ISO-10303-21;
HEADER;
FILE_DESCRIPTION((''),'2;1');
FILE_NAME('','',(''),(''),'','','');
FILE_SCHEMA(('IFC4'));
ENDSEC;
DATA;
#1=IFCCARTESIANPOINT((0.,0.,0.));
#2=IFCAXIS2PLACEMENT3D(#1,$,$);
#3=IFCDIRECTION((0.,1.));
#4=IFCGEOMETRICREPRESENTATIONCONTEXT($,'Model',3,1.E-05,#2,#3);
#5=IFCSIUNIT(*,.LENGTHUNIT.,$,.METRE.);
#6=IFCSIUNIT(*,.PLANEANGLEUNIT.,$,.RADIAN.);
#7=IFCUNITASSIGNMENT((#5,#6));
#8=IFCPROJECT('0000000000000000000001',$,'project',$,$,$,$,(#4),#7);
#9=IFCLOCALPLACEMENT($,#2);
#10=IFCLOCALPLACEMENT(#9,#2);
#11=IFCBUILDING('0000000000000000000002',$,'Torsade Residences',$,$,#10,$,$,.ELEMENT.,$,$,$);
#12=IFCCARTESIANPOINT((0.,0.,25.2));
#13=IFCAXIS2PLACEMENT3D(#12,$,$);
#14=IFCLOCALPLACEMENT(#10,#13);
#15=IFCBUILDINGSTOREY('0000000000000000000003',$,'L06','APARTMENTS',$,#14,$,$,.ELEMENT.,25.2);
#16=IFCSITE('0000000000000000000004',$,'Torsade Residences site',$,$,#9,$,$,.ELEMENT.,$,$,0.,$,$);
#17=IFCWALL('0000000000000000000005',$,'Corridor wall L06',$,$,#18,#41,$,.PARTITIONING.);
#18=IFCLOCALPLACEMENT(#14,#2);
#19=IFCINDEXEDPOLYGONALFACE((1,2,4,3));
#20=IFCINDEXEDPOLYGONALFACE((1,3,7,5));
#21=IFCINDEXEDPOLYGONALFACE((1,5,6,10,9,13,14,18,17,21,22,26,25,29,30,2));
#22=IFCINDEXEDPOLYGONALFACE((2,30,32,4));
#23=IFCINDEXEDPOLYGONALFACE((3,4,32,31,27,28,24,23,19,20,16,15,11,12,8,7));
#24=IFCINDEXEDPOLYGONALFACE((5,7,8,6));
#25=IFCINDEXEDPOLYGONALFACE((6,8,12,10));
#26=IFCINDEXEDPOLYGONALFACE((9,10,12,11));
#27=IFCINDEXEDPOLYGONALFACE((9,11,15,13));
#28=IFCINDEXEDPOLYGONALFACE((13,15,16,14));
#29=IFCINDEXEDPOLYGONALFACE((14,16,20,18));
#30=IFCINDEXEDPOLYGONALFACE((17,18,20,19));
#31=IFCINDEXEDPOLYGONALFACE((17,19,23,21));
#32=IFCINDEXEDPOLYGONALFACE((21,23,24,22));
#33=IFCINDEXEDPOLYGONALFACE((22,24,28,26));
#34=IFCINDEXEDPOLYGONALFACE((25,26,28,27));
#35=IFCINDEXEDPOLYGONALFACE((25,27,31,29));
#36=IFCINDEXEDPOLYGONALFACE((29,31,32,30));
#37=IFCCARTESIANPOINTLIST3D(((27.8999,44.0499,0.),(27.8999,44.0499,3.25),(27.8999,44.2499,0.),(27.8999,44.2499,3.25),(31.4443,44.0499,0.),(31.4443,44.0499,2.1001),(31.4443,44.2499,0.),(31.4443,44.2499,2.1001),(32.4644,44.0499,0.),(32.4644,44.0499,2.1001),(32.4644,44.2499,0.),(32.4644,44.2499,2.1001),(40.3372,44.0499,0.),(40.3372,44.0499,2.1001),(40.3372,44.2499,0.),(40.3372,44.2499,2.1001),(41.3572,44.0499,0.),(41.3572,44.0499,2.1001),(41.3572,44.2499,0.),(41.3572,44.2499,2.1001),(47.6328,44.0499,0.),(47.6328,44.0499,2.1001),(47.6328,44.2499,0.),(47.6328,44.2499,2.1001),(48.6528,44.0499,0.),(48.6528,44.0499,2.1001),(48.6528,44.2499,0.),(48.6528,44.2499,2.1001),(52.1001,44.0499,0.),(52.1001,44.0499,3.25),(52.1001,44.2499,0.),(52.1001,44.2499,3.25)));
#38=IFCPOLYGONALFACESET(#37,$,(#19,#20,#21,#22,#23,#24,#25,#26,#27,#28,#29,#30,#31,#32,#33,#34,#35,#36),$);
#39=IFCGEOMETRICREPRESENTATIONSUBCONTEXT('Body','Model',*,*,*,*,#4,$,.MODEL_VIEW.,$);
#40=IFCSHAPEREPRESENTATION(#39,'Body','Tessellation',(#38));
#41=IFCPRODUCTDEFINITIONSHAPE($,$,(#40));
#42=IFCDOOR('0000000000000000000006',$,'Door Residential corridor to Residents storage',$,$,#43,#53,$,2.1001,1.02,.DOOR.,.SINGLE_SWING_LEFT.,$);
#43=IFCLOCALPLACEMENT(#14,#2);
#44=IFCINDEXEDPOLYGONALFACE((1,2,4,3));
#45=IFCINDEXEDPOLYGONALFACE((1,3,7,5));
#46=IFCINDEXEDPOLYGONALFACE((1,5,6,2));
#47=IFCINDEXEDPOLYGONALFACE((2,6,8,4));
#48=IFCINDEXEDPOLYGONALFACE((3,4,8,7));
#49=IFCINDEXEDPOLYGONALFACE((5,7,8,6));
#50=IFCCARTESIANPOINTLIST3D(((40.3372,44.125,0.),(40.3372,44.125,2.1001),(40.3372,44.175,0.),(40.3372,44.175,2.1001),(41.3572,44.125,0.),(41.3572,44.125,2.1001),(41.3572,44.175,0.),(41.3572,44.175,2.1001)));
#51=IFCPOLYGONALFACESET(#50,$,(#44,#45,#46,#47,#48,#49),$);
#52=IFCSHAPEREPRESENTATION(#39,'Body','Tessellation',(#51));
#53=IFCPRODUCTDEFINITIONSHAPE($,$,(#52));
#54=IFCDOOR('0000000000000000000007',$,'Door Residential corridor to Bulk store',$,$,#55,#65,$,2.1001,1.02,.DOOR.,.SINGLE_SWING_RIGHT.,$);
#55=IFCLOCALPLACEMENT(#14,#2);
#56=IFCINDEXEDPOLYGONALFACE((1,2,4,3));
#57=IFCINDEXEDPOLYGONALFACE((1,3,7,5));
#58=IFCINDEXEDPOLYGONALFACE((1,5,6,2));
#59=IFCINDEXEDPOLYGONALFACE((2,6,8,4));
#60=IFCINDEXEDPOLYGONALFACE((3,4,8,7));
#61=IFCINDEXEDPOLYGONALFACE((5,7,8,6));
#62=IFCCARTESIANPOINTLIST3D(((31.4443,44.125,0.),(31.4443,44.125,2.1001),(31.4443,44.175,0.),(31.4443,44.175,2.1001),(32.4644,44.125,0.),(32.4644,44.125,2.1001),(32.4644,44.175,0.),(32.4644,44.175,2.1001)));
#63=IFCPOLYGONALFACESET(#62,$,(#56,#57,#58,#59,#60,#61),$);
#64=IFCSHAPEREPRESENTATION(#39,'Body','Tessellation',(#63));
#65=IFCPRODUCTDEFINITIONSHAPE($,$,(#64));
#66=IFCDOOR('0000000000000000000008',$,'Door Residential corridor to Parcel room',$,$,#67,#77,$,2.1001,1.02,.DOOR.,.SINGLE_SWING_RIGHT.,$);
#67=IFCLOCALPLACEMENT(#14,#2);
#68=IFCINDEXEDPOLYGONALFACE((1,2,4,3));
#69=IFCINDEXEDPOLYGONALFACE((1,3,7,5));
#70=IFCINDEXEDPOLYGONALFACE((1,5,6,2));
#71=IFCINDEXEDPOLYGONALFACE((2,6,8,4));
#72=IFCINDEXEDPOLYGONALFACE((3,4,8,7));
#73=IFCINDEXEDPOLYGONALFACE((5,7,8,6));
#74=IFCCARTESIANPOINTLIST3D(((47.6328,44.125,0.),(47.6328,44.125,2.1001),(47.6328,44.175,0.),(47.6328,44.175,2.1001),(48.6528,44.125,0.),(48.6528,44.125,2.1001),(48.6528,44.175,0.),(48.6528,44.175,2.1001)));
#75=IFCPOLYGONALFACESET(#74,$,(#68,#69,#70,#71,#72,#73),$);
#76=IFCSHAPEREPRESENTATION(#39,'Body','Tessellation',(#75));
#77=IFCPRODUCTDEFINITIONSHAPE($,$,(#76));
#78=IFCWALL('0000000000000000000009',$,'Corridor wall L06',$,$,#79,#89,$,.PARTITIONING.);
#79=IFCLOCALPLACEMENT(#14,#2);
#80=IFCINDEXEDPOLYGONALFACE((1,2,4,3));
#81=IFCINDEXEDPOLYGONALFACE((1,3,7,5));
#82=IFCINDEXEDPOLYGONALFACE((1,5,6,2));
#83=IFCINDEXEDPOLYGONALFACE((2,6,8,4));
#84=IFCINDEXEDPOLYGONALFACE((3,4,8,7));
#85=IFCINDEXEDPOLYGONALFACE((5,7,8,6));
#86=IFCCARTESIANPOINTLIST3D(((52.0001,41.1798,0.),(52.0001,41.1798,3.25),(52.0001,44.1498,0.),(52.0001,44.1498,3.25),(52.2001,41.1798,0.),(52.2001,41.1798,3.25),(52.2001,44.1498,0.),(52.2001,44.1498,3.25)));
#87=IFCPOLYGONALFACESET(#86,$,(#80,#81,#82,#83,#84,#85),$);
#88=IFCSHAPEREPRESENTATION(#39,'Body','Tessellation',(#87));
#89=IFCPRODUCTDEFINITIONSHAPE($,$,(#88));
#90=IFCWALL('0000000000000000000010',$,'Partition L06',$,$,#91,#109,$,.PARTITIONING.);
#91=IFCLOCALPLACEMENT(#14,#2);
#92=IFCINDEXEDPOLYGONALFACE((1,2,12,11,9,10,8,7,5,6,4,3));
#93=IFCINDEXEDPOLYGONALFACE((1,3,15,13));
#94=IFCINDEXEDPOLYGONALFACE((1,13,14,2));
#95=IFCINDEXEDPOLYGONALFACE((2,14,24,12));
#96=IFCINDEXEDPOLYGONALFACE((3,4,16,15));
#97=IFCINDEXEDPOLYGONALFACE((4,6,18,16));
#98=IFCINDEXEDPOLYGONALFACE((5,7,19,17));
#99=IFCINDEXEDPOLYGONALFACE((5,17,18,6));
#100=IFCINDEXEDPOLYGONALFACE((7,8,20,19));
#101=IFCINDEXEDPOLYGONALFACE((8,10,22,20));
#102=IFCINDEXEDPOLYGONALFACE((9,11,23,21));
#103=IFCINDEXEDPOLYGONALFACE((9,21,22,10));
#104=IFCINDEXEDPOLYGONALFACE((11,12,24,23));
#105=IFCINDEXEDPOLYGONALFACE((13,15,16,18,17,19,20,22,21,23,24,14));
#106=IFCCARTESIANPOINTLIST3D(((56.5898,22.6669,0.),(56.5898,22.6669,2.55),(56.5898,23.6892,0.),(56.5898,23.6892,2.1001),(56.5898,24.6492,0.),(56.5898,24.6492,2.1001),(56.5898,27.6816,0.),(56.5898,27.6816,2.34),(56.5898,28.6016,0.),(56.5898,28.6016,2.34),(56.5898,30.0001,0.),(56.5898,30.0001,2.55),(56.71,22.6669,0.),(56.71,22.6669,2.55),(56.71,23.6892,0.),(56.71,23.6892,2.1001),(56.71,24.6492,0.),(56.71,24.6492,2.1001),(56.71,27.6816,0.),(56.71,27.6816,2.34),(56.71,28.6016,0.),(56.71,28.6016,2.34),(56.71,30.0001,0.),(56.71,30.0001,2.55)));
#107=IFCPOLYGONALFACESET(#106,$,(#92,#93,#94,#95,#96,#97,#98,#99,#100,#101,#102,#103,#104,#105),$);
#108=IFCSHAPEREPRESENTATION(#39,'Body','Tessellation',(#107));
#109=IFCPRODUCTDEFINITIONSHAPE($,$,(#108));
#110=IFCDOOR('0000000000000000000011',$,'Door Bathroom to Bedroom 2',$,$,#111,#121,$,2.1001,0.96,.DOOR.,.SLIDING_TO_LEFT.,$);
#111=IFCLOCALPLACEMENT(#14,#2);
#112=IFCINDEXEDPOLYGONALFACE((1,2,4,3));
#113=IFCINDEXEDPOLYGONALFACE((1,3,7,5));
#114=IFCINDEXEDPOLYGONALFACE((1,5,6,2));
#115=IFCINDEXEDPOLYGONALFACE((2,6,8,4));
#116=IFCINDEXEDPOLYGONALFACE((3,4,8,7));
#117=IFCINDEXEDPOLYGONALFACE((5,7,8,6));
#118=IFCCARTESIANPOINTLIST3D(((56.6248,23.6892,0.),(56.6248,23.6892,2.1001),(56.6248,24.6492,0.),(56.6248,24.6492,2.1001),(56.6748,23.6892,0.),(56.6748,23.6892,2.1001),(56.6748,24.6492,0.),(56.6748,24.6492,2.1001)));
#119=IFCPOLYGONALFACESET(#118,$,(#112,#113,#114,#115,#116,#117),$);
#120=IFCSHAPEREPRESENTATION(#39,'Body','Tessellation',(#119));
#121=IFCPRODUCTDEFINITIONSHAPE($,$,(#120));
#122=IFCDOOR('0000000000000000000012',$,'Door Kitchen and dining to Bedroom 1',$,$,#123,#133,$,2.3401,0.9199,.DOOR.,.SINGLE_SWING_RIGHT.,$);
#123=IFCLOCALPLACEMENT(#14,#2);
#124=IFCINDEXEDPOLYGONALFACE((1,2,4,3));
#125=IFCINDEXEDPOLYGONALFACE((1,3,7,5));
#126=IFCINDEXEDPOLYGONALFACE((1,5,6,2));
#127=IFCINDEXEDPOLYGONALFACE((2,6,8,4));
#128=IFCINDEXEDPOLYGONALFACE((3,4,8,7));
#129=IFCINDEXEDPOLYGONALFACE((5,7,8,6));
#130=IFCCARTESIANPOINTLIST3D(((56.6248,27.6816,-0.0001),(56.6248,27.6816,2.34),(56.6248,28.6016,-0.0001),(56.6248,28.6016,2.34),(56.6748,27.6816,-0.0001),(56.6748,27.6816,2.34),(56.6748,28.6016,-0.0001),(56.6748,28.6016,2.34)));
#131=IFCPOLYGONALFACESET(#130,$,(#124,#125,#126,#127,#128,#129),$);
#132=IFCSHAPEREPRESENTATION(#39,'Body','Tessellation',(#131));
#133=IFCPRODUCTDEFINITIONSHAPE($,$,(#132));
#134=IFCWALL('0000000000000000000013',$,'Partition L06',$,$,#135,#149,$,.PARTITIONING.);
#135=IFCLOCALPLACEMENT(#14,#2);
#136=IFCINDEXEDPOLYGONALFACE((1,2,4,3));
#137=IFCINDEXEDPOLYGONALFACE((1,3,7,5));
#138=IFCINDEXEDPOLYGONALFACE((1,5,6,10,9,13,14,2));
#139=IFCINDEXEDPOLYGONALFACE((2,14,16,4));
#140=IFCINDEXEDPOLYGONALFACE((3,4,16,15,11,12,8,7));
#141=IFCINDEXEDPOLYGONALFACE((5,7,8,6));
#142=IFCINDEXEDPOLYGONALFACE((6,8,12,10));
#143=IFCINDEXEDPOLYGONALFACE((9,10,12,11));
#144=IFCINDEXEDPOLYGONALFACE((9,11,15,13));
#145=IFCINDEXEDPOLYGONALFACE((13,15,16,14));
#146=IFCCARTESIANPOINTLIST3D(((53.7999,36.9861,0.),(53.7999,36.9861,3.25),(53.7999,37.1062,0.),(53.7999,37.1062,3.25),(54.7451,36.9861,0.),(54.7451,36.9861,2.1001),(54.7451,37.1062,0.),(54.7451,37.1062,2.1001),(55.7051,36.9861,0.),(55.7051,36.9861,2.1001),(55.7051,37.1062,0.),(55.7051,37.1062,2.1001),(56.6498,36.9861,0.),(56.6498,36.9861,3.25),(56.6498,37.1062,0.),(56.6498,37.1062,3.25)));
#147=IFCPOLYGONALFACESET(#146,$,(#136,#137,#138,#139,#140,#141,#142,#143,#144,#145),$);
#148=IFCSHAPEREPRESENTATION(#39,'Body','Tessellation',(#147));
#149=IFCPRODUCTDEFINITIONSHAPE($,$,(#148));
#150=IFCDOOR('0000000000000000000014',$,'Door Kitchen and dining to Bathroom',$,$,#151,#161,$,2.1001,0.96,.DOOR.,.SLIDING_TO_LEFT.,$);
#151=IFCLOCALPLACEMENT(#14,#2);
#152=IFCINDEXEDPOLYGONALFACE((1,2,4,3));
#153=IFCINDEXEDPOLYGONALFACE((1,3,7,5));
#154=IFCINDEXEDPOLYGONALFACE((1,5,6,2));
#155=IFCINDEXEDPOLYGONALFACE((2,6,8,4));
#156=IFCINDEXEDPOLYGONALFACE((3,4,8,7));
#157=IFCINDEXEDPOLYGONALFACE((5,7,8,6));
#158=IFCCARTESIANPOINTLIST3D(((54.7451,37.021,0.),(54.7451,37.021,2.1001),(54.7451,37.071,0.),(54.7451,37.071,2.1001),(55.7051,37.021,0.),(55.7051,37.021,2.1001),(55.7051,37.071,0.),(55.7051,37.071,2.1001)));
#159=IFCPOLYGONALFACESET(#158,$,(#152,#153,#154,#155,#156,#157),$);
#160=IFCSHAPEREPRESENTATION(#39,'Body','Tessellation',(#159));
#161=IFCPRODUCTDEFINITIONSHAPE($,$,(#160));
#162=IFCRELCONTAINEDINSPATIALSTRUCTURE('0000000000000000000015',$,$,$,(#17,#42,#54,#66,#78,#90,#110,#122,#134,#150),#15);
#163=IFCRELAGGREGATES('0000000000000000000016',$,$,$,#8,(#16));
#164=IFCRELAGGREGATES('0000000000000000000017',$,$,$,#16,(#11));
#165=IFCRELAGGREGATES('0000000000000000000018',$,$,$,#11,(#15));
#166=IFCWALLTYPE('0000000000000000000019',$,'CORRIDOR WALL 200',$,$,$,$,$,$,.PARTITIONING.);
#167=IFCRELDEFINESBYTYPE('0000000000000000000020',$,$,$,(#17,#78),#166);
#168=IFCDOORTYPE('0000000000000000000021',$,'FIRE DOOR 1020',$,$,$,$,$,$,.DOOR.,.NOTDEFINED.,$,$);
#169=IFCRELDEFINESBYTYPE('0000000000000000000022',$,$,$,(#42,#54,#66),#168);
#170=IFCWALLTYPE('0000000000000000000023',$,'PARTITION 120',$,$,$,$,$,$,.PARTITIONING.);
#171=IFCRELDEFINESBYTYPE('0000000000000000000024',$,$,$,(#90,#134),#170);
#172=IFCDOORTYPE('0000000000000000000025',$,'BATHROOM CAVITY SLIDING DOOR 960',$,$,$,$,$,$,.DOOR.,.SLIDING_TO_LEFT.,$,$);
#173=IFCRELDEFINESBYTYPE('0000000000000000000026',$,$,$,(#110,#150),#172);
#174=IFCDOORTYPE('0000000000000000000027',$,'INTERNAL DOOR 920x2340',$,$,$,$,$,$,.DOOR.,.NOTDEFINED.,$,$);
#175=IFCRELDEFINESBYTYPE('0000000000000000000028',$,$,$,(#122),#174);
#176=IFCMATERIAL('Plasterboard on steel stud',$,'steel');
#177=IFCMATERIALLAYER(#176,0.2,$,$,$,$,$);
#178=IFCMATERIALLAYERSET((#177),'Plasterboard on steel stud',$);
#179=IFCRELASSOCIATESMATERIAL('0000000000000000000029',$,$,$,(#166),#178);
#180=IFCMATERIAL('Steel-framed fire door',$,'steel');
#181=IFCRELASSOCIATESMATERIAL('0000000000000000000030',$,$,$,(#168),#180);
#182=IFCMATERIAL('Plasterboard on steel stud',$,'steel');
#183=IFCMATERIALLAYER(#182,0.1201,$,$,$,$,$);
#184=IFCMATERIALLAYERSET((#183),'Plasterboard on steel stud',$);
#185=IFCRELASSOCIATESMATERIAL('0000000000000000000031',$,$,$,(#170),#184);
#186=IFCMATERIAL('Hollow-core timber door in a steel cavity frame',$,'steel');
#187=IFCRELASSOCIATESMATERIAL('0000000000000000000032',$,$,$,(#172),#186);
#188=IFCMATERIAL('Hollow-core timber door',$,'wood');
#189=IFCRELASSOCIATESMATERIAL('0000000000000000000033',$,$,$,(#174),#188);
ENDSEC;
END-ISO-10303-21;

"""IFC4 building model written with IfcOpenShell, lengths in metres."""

from ifc_helpers import new_model, si_unit, direction, frame, frame_2d, origin, place, context, subcontext, project, spatial, rectangle, extrude, material, layer, layer_set, type_object, element, fill, save


model = new_model("IFC4")

# Units and contexts
model_context = context("Model", 3, precision=1e-05, world=origin(), true_north=direction((0.0, 1.0)))
body_context = subcontext(model_context, "Body", "Model", "MODEL_VIEW")
ifc_project = project(units=[si_unit("LENGTHUNIT", "METRE"), si_unit("PLANEANGLEUNIT", "RADIAN")], contexts=[model_context])

# Site, building, storey
site_placement = place(None, origin())
site = spatial("IfcSite", under=ifc_project, at=site_placement, Name="Torsade Residences site", CompositionType="ELEMENT", RefElevation=0.0)
building_placement = place(site_placement, origin())
building = spatial("IfcBuilding", under=site, at=building_placement, Name="Torsade Residences", CompositionType="ELEMENT")
storey_placement = place(building_placement, frame((0.0, 0.0, 25.2)))
storey = spatial("IfcBuildingStorey", under=building, at=storey_placement, Name="L06", Description="APARTMENTS", CompositionType="ELEMENT", Elevation=25.2)

# Wall, openings, doors
ifc_material_1 = material(Name="Plasterboard on steel stud", Category="steel")
ifc_layer_1 = layer(ifc_material_1, 0.2)
ifc_layer_set_1 = layer_set([ifc_layer_1], Name="Plasterboard on steel stud")
wall_type_1 = type_object("IfcWallType", Name="CORRIDOR WALL 200", PredefinedType="PARTITIONING", material=ifc_layer_set_1)
wall_1_placement = place(storey_placement, frame((52.1001, 44.1499, 0.0), z_axis=(0.0, 0.0, 1.0), x_axis=(-1.0, 0.0, 0.0)))
wall_1 = element("IfcWall", 1, at=wall_1_placement, inside=storey, type_object=wall_type_1, Name="Corridor wall L06", PredefinedType="PARTITIONING", context=body_context, shape_type="SweptSolid", body=[
    extrude(rectangle(XDim=24.2002, YDim=0.2, at=frame_2d((12.1001, 0.0))), origin(), (0.0, 0.0, 1.0), 3.25),
])
opening_1_placement = place(wall_1_placement, frame((10.7429, 0.0, 0.0)))
opening_1 = element("IfcOpeningElement", 2, at=opening_1_placement, cuts=wall_1, PredefinedType="OPENING", context=body_context, shape_type="SweptSolid", body=[
    extrude(rectangle(XDim=1.02, YDim=2.1001, at=frame_2d((0.51, 1.05))), frame((0.0, 0.1099, 0.0), z_axis=(0.0, -1.0, 0.0), x_axis=(1.0, 0.0, 0.0)), (0.0, 0.0, 1.0), 0.22),
])
opening_2_placement = place(wall_1_placement, frame((19.6357, 0.0, 0.0)))
opening_2 = element("IfcOpeningElement", 3, at=opening_2_placement, cuts=wall_1, PredefinedType="OPENING", context=body_context, shape_type="SweptSolid", body=[
    extrude(rectangle(XDim=1.02, YDim=2.1001, at=frame_2d((0.51, 1.05))), frame((0.0, 0.1099, 0.0), z_axis=(0.0, -1.0, 0.0), x_axis=(1.0, 0.0, 0.0)), (0.0, 0.0, 1.0), 0.22),
])
opening_3_placement = place(wall_1_placement, frame((3.4473, 0.0, 0.0)))
opening_3 = element("IfcOpeningElement", 4, at=opening_3_placement, cuts=wall_1, PredefinedType="OPENING", context=body_context, shape_type="SweptSolid", body=[
    extrude(rectangle(XDim=1.02, YDim=2.1001, at=frame_2d((0.51, 1.05))), frame((0.0, 0.1099, 0.0), z_axis=(0.0, -1.0, 0.0), x_axis=(1.0, 0.0, 0.0)), (0.0, 0.0, 1.0), 0.22),
])
ifc_material_2 = material(Name="Steel-framed fire door", Category="steel")
door_type_1 = type_object("IfcDoorType", Name="FIRE DOOR 1020", OperationType="NOTDEFINED", PredefinedType="DOOR", material=ifc_material_2)
door_1_placement = place(opening_1_placement, origin())
door_1 = element("IfcDoor", 5, at=door_1_placement, inside=storey, type_object=door_type_1, Name="Door Residential corridor to Residents storage", OperationType="SINGLE_SWING_LEFT", OverallHeight=2.1001, OverallWidth=1.02, PredefinedType="DOOR", context=body_context, shape_type="SweptSolid", body=[
    extrude(rectangle(XDim=1.02, YDim=2.1001, at=frame_2d((0.51, 1.05))), frame((0.0, 0.0249, 0.0), z_axis=(0.0, -1.0, 0.0), x_axis=(1.0, 0.0, 0.0)), (0.0, 0.0, 1.0), 0.05),
])
fill(opening_1, door_1)
door_2_placement = place(opening_2_placement, origin())
door_2 = element("IfcDoor", 6, at=door_2_placement, inside=storey, type_object=door_type_1, Name="Door Residential corridor to Bulk store", OperationType="SINGLE_SWING_RIGHT", OverallHeight=2.1001, OverallWidth=1.02, PredefinedType="DOOR", context=body_context, shape_type="SweptSolid", body=[
    extrude(rectangle(XDim=1.02, YDim=2.1001, at=frame_2d((0.51, 1.05))), frame((0.0, 0.0249, 0.0), z_axis=(0.0, -1.0, 0.0), x_axis=(1.0, 0.0, 0.0)), (0.0, 0.0, 1.0), 0.05),
])
fill(opening_2, door_2)
door_3_placement = place(opening_3_placement, origin())
door_3 = element("IfcDoor", 7, at=door_3_placement, inside=storey, type_object=door_type_1, Name="Door Residential corridor to Parcel room", OperationType="SINGLE_SWING_RIGHT", OverallHeight=2.1001, OverallWidth=1.02, PredefinedType="DOOR", context=body_context, shape_type="SweptSolid", body=[
    extrude(rectangle(XDim=1.02, YDim=2.1001, at=frame_2d((0.51, 1.05))), frame((0.0, 0.0249, 0.0), z_axis=(0.0, -1.0, 0.0), x_axis=(1.0, 0.0, 0.0)), (0.0, 0.0, 1.0), 0.05),
])
fill(opening_3, door_3)

# Wall
wall_2_placement = place(storey_placement, frame((52.1001, 41.1799, 0.0), z_axis=(0.0, 0.0, 1.0), x_axis=(0.0, 1.0, 0.0)))
element("IfcWall", 8, at=wall_2_placement, inside=storey, type_object=wall_type_1, Name="Corridor wall L06", PredefinedType="PARTITIONING", context=body_context, shape_type="SweptSolid", body=[
    extrude(rectangle(XDim=2.97, YDim=0.2, at=frame_2d((1.4849, 0.0))), origin(), (0.0, 0.0, 1.0), 3.25),
])

# Wall, openings, doors
ifc_material_3 = material(Name="Plasterboard on steel stud", Category="steel")
ifc_layer_2 = layer(ifc_material_3, 0.1201)
ifc_layer_set_2 = layer_set([ifc_layer_2], Name="Plasterboard on steel stud")
wall_type_2 = type_object("IfcWallType", Name="PARTITION 120", PredefinedType="PARTITIONING", material=ifc_layer_set_2)
wall_3_placement = place(storey_placement, frame((56.6499, 30.0, 0.0), z_axis=(0.0, 0.0, 1.0), x_axis=(0.0, -1.0, 0.0)))
wall_3 = element("IfcWall", 9, at=wall_3_placement, inside=storey, type_object=wall_type_2, Name="Partition L06", PredefinedType="PARTITIONING", context=body_context, shape_type="SweptSolid", body=[
    extrude(rectangle(XDim=7.3333, YDim=0.1201, at=frame_2d((3.6665, 0.0))), origin(), (0.0, 0.0, 1.0), 2.55),
])
opening_4_placement = place(wall_3_placement, frame((1.3984, 0.0, 0.0)))
opening_4 = element("IfcOpeningElement", 10, at=opening_4_placement, cuts=wall_3, PredefinedType="OPENING", context=body_context, shape_type="SweptSolid", body=[
    extrude(rectangle(XDim=0.9199, YDim=2.3401, at=frame_2d((0.46, 1.1699))), frame((0.0, 0.0701, 0.0), z_axis=(0.0, -1.0, 0.0), x_axis=(1.0, 0.0, 0.0)), (0.0, 0.0, 1.0), 0.1401),
])
opening_5_placement = place(wall_3_placement, frame((5.3508, 0.0, 0.0)))
opening_5 = element("IfcOpeningElement", 11, at=opening_5_placement, cuts=wall_3, PredefinedType="OPENING", context=body_context, shape_type="SweptSolid", body=[
    extrude(rectangle(XDim=0.96, YDim=2.1001, at=frame_2d((0.48, 1.05))), frame((0.0, 0.0701, 0.0), z_axis=(0.0, -1.0, 0.0), x_axis=(1.0, 0.0, 0.0)), (0.0, 0.0, 1.0), 0.1401),
])
ifc_material_4 = material(Name="Hollow-core timber door in a steel cavity frame", Category="steel")
door_type_2 = type_object("IfcDoorType", Name="BATHROOM CAVITY SLIDING DOOR 960", OperationType="SLIDING_TO_LEFT", PredefinedType="DOOR", material=ifc_material_4)
door_4_placement = place(opening_5_placement, origin())
door_4 = element("IfcDoor", 12, at=door_4_placement, inside=storey, type_object=door_type_2, Name="Door Bathroom to Bedroom 2", OperationType="SLIDING_TO_LEFT", OverallHeight=2.1001, OverallWidth=0.96, PredefinedType="DOOR", context=body_context, shape_type="SweptSolid", body=[
    extrude(rectangle(XDim=0.96, YDim=2.1001, at=frame_2d((0.48, 1.05))), frame((0.0, 0.0249, 0.0), z_axis=(0.0, -1.0, 0.0), x_axis=(1.0, 0.0, 0.0)), (0.0, 0.0, 1.0), 0.05),
])
fill(opening_5, door_4)
ifc_material_5 = material(Name="Hollow-core timber door", Category="wood")
door_type_3 = type_object("IfcDoorType", Name="INTERNAL DOOR 920x2340", OperationType="NOTDEFINED", PredefinedType="DOOR", material=ifc_material_5)
door_5_placement = place(opening_4_placement, origin())
door_5 = element("IfcDoor", 13, at=door_5_placement, inside=storey, type_object=door_type_3, Name="Door Kitchen and dining to Bedroom 1", OperationType="SINGLE_SWING_RIGHT", OverallHeight=2.3401, OverallWidth=0.9199, PredefinedType="DOOR", context=body_context, shape_type="SweptSolid", body=[
    extrude(rectangle(XDim=0.9199, YDim=2.3401, at=frame_2d((0.46, 1.1699))), frame((0.0, 0.0249, 0.0), z_axis=(0.0, -1.0, 0.0), x_axis=(1.0, 0.0, 0.0)), (0.0, 0.0, 1.0), 0.05),
])
fill(opening_4, door_5)

# Wall, opening, door
wall_4_placement = place(storey_placement, frame((53.8, 37.0461, 0.0), z_axis=(0.0, 0.0, 1.0), x_axis=(1.0, 0.0, 0.0)))
wall_4 = element("IfcWall", 14, at=wall_4_placement, inside=storey, type_object=wall_type_2, Name="Partition L06", PredefinedType="PARTITIONING", context=body_context, shape_type="SweptSolid", body=[
    extrude(rectangle(XDim=2.8499, YDim=0.1201, at=frame_2d((1.4248, 0.0))), origin(), (0.0, 0.0, 1.0), 3.25),
])
opening_6_placement = place(wall_4_placement, frame((0.9451, 0.0, 0.0)))
opening_6 = element("IfcOpeningElement", 15, at=opening_6_placement, cuts=wall_4, PredefinedType="OPENING", context=body_context, shape_type="SweptSolid", body=[
    extrude(rectangle(XDim=0.96, YDim=2.1001, at=frame_2d((0.48, 1.05))), frame((0.0, 0.0701, 0.0), z_axis=(0.0, -1.0, 0.0), x_axis=(1.0, 0.0, 0.0)), (0.0, 0.0, 1.0), 0.1401),
])
door_6_placement = place(opening_6_placement, origin())
door_6 = element("IfcDoor", 16, at=door_6_placement, inside=storey, type_object=door_type_2, Name="Door Kitchen and dining to Bathroom", OperationType="SLIDING_TO_LEFT", OverallHeight=2.1001, OverallWidth=0.96, PredefinedType="DOOR", context=body_context, shape_type="SweptSolid", body=[
    extrude(rectangle(XDim=0.96, YDim=2.1001, at=frame_2d((0.48, 1.05))), frame((0.0, 0.0249, 0.0), z_axis=(0.0, -1.0, 0.0), x_axis=(1.0, 0.0, 0.0)), (0.0, 0.0, 1.0), 0.05),
])
fill(opening_6, door_6)

save(model, "model.ifc")
